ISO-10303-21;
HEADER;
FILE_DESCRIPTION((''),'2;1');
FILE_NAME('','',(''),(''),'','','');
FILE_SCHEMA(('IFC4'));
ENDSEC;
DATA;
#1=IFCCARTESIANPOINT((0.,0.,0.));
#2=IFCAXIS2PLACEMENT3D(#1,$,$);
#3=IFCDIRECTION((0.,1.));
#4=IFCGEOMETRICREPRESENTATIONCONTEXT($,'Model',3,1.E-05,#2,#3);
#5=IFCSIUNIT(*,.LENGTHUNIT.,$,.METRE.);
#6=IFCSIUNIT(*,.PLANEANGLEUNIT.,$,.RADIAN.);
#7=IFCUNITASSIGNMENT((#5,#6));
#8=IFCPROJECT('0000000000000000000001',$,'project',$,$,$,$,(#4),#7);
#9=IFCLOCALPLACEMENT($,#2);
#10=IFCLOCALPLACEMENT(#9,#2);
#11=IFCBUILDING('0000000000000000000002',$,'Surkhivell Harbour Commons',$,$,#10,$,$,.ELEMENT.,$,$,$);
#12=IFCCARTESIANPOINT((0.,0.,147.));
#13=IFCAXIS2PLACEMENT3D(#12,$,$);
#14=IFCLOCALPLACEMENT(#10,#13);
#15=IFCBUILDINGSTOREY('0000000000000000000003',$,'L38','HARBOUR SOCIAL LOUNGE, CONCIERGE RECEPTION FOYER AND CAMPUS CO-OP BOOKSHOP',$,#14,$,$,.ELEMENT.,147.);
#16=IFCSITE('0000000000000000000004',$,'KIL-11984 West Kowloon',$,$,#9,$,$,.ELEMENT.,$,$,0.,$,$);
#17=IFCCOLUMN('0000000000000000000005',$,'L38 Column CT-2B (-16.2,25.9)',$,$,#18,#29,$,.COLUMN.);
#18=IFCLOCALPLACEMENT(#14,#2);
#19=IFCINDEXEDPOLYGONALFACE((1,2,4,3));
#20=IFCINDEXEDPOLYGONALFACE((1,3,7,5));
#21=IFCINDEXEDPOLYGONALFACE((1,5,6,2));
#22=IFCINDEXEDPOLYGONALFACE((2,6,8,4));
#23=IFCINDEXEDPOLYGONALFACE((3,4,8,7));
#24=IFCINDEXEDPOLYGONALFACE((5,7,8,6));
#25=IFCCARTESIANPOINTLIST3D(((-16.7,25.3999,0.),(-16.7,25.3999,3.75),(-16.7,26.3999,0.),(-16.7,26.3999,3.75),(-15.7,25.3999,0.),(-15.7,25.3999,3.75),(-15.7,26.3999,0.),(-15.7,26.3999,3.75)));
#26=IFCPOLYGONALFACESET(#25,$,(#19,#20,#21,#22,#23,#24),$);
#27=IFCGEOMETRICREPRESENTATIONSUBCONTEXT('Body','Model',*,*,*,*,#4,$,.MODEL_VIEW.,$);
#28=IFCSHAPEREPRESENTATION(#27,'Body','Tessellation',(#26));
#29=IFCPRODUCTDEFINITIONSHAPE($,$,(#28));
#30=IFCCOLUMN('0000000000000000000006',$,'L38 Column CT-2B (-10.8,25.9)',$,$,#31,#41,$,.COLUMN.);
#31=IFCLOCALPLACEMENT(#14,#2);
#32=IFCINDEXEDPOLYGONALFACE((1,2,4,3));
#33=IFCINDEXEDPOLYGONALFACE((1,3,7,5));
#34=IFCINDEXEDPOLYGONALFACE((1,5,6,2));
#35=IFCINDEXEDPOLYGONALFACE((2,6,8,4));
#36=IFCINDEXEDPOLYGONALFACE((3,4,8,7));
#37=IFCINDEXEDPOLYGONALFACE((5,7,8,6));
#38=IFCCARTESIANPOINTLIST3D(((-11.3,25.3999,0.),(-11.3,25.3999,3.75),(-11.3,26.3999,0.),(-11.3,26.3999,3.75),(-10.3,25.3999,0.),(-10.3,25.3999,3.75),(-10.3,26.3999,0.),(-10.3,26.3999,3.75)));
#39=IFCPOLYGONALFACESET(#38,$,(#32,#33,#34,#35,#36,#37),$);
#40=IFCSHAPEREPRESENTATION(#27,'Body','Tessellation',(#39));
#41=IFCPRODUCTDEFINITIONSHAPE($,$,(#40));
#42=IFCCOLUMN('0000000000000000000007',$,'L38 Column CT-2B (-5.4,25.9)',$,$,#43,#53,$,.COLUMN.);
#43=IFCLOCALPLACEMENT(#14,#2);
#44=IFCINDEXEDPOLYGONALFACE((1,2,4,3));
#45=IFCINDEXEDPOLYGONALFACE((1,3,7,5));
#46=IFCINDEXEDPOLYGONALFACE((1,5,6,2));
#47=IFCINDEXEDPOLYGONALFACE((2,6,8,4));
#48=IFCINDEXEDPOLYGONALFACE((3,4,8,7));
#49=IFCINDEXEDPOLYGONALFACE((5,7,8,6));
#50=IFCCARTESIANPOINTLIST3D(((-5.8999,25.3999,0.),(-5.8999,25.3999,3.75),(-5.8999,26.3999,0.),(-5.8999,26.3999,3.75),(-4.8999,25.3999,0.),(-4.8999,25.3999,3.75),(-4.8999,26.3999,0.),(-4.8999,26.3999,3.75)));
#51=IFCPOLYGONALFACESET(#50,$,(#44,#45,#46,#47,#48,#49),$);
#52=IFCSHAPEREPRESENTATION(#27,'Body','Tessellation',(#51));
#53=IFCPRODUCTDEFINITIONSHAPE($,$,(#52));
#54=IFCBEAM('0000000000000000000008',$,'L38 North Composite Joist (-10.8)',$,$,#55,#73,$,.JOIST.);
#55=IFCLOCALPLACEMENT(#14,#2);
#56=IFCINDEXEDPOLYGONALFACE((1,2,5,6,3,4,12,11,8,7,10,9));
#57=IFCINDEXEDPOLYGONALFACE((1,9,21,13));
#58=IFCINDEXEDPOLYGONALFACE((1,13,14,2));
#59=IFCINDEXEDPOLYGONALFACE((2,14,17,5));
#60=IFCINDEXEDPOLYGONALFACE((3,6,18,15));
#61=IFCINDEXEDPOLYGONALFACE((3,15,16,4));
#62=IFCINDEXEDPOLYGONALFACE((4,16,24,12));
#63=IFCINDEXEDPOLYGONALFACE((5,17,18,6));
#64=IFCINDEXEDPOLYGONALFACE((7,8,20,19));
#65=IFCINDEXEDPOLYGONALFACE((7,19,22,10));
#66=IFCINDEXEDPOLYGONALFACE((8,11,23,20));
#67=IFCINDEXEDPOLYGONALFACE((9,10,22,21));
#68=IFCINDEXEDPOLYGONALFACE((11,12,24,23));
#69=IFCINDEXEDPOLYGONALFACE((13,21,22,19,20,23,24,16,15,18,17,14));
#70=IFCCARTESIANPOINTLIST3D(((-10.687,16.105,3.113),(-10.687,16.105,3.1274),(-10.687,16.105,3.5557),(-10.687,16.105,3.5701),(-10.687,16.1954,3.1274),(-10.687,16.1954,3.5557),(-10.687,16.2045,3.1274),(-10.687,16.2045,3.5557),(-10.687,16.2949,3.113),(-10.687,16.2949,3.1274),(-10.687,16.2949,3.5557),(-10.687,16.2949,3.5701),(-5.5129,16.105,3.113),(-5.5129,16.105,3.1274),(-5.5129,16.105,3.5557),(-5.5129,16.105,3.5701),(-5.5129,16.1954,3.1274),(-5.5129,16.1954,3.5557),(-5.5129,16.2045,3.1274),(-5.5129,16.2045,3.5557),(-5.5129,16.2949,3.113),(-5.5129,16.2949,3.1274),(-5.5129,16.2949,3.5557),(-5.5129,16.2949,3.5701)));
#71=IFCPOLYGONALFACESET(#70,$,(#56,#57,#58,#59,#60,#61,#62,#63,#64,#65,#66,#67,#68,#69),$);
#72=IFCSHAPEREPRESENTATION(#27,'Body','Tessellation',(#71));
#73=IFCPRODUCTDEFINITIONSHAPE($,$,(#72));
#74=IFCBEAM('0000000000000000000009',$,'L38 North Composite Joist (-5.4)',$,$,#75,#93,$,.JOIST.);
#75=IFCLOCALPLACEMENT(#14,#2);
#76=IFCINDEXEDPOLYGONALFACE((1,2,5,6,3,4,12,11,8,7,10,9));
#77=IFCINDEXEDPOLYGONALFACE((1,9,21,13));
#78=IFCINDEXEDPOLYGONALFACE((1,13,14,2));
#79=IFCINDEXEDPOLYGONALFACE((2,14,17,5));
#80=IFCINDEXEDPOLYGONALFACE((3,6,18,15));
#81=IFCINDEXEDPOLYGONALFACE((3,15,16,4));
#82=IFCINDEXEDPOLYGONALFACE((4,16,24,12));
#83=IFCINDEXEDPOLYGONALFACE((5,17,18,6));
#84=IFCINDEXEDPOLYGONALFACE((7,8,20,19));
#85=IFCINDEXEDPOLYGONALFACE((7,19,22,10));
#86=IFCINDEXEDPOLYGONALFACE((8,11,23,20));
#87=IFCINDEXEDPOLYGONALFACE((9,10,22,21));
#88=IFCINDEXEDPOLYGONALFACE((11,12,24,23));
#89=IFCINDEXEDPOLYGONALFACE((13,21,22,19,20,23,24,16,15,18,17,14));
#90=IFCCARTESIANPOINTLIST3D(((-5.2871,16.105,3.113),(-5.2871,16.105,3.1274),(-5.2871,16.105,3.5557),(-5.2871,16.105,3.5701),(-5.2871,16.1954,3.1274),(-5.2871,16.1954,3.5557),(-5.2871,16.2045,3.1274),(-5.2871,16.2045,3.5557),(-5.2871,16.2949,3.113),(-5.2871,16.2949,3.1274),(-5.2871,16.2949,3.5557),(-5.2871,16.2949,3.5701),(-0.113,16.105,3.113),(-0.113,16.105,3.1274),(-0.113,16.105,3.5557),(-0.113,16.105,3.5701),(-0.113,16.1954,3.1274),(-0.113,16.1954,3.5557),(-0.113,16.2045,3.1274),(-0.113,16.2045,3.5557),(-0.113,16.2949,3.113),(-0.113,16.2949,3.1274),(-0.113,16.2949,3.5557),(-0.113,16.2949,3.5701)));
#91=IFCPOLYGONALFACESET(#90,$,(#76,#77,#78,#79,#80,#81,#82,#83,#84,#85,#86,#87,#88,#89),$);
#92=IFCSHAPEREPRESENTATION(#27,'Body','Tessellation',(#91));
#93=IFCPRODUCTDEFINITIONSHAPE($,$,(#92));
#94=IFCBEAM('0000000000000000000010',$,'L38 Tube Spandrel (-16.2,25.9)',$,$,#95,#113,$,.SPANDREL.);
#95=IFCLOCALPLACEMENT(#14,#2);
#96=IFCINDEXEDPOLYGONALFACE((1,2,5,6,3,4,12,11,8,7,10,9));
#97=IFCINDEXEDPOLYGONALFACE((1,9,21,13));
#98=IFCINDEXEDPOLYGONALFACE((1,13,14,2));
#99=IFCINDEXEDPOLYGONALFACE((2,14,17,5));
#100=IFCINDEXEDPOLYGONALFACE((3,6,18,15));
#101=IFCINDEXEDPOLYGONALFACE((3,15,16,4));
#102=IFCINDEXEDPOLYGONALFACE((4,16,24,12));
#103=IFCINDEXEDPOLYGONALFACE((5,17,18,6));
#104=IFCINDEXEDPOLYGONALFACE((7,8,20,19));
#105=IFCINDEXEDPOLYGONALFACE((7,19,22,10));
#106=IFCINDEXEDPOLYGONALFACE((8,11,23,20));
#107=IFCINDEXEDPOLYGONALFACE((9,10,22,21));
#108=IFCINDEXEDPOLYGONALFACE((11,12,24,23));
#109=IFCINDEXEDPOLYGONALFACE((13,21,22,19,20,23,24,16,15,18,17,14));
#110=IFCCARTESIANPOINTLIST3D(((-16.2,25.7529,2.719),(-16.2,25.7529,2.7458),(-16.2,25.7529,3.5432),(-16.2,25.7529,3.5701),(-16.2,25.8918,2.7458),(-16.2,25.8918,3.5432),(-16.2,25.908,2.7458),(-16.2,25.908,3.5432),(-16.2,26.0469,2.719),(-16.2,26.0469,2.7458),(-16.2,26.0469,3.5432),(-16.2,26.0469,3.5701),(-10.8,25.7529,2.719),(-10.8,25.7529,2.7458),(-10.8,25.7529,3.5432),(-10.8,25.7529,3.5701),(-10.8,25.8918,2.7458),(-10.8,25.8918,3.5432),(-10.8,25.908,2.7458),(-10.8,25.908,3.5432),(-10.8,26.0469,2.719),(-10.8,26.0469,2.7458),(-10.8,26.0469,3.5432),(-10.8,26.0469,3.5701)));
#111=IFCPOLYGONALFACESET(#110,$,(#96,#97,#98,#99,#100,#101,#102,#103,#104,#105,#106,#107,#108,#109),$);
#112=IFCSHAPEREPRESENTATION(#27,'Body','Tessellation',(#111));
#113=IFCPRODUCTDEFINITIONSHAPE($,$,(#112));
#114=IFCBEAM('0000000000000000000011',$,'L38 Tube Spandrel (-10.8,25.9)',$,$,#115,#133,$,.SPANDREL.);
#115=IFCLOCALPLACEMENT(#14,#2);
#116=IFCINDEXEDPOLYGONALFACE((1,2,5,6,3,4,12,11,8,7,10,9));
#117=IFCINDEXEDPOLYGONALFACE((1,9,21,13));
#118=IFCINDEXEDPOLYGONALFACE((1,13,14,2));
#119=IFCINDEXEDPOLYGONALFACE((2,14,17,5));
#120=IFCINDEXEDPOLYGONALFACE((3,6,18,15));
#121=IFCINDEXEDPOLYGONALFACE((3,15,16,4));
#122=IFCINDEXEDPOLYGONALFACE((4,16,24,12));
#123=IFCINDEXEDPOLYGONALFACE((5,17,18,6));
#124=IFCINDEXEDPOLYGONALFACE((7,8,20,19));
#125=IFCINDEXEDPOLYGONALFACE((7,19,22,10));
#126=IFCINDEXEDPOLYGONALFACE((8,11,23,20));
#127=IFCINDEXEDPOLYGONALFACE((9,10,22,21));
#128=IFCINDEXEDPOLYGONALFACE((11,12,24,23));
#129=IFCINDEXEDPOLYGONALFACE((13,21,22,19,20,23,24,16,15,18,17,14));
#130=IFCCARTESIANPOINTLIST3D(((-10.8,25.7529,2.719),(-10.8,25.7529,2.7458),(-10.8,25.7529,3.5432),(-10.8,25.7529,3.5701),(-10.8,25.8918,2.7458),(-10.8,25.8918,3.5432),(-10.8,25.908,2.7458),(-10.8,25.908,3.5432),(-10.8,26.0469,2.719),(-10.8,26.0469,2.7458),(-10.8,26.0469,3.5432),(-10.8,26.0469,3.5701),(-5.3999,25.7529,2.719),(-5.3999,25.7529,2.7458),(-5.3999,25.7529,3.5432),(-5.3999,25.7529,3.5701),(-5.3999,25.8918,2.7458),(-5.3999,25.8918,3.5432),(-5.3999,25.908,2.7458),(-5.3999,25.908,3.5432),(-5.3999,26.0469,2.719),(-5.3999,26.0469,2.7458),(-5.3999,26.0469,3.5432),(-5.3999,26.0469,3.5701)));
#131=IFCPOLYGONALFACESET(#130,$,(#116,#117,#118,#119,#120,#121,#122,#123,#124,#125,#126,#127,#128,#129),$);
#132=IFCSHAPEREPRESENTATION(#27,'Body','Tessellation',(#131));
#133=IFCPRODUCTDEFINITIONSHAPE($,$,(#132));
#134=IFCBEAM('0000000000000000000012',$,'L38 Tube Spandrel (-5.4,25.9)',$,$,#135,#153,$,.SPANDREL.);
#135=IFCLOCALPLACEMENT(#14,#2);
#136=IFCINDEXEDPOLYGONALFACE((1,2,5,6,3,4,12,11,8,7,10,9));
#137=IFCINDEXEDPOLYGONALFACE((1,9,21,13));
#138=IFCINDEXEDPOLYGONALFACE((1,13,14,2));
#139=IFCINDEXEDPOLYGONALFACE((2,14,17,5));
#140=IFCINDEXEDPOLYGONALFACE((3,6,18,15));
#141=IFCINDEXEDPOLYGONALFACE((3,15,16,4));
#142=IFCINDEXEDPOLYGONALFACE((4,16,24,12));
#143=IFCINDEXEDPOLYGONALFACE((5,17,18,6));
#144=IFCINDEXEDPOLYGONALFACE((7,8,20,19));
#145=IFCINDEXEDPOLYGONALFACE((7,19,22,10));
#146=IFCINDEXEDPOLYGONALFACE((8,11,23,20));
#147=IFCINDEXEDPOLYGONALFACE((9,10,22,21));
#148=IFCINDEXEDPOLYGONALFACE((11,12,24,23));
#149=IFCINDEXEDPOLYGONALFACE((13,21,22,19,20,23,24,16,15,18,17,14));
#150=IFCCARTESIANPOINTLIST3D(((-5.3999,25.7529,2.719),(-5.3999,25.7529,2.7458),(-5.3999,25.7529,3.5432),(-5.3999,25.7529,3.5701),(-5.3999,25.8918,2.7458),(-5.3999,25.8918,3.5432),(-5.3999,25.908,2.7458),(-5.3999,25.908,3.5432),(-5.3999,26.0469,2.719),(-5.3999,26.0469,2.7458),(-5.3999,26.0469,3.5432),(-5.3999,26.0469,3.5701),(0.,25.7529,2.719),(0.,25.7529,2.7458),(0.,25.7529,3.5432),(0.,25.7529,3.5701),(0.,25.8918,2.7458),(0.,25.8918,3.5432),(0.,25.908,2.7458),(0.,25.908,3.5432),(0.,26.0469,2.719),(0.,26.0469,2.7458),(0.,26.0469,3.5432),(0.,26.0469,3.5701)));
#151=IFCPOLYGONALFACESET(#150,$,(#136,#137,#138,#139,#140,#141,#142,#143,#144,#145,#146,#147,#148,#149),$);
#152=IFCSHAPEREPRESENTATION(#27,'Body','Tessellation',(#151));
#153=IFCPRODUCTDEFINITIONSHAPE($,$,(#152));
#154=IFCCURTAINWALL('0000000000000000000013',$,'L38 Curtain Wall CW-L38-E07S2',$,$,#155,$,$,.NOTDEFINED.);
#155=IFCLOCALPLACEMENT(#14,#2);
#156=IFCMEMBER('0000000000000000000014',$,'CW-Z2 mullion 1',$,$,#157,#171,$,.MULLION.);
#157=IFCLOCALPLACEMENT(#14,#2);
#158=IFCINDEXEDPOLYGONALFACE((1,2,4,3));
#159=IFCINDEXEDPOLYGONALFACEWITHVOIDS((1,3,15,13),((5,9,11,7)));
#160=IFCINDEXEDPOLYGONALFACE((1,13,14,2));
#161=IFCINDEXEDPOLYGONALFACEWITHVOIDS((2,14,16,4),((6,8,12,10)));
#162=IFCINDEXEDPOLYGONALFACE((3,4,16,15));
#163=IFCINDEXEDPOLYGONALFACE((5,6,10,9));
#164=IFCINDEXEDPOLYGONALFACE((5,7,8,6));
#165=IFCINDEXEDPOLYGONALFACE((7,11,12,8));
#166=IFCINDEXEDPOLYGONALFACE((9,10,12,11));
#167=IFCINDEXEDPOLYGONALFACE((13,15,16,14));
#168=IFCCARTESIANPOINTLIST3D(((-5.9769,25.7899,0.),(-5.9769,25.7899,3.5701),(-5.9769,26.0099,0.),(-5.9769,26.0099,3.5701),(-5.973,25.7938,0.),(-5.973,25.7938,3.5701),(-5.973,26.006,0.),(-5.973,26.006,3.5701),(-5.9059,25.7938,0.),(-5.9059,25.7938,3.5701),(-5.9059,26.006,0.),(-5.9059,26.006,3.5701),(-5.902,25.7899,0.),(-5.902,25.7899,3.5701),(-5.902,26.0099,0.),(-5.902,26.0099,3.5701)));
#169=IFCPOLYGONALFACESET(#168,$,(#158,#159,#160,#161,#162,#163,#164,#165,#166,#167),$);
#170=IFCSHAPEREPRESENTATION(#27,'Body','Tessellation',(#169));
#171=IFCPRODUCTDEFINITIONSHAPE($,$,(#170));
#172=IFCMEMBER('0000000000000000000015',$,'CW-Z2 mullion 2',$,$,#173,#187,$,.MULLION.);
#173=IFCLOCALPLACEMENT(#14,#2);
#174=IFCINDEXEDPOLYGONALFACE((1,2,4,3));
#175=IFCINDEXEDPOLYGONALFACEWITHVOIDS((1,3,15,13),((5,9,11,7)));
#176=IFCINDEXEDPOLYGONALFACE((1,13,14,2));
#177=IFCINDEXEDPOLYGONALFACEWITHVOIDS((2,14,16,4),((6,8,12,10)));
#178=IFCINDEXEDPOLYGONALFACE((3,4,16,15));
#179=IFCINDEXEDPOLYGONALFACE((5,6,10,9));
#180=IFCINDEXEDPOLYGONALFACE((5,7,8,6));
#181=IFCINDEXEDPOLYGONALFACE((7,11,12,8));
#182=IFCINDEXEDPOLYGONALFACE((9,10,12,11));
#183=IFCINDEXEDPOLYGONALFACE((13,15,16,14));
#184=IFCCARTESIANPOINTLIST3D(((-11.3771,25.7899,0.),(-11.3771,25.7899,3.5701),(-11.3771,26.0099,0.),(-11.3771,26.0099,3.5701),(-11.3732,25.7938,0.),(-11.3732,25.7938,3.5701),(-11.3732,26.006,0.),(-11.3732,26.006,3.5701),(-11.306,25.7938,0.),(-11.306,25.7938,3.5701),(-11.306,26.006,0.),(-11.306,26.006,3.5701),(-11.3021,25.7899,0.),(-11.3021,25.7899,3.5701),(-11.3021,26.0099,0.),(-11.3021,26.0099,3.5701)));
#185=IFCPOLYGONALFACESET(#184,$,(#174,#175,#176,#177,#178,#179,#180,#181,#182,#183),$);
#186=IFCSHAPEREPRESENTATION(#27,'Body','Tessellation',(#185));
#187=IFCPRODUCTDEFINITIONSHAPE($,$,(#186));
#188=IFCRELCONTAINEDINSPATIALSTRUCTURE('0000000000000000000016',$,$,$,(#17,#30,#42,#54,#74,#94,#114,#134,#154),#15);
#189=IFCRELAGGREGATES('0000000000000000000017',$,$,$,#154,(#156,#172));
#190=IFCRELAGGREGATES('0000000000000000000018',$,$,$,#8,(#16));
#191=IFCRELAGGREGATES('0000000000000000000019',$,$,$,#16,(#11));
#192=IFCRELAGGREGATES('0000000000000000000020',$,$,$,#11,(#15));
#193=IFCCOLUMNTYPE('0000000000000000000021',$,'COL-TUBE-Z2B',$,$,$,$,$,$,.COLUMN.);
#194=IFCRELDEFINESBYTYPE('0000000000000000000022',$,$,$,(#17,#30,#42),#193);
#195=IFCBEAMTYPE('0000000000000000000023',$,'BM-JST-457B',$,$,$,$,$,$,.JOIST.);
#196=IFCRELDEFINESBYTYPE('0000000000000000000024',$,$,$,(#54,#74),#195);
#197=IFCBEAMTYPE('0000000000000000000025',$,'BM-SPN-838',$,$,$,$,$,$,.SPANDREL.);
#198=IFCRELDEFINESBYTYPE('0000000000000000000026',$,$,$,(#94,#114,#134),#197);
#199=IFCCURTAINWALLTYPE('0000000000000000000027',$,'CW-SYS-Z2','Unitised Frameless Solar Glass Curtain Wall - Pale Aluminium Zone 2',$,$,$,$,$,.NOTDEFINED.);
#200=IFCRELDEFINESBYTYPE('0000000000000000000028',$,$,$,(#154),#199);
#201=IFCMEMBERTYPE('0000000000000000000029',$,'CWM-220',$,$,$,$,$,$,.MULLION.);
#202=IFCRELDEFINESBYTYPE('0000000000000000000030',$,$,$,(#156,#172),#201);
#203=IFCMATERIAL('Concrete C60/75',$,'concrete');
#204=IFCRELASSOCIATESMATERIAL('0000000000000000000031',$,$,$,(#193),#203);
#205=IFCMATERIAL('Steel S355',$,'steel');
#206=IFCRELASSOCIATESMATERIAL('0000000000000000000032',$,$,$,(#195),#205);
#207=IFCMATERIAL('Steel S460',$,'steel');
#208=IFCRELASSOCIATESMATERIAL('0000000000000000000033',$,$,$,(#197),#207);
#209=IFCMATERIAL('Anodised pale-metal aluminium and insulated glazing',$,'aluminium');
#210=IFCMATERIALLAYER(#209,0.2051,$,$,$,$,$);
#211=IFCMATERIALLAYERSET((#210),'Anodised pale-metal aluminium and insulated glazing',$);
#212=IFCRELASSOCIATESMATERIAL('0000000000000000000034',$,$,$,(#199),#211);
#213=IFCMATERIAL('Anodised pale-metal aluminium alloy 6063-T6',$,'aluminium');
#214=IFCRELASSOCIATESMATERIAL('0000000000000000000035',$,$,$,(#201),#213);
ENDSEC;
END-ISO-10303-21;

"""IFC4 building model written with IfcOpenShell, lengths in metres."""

from ifc_helpers import new_model, si_unit, direction, frame, origin, origin_2d, place, context, subcontext, project, spatial, rectangle, hollow_rectangle, i_section, extrude, material, layer, layer_set, material_profile, profile_set, type_object, element, aggregate, save


model = new_model("IFC4")

# Units and contexts
model_context = context("Model", 3, precision=1e-05, world=origin(), true_north=direction((0.0, 1.0)))
body_context = subcontext(model_context, "Body", "Model", "MODEL_VIEW")
ifc_project = project(units=[si_unit("LENGTHUNIT", "METRE"), si_unit("PLANEANGLEUNIT", "RADIAN")], contexts=[model_context])

# Site, building, storey
site_placement = place(None, origin())
site = spatial("IfcSite", under=ifc_project, at=site_placement, Name="KIL-11984 West Kowloon", CompositionType="ELEMENT", RefElevation=0.0)
building_placement = place(site_placement, origin())
building = spatial("IfcBuilding", under=site, at=building_placement, Name="Surkhivell Harbour Commons", CompositionType="ELEMENT")
storey_placement = place(building_placement, frame((0.0, 0.0, 147.0)))
storey = spatial("IfcBuildingStorey", under=building, at=storey_placement, Name="L38", Description="HARBOUR SOCIAL LOUNGE, CONCIERGE RECEPTION FOYER AND CAMPUS CO-OP BOOKSHOP", CompositionType="ELEMENT", Elevation=147.0)

# Columns
ifc_material_1 = material(Name="Concrete C60/75", Category="concrete")
ifc_material_profile_1 = material_profile(ifc_material_1, rectangle(XDim=1.0, YDim=1.0, at=origin_2d()), Name="RC-COL-1000x1000")
ifc_profile_set_1 = profile_set([ifc_material_profile_1], Name="Concrete C60/75")
column_type = type_object("IfcColumnType", Name="COL-TUBE-Z2B", PredefinedType="COLUMN", material=ifc_profile_set_1)
for number, where, z_axis, x_axis, name in (
    (1, (-16.2, 25.8999, 0.0), (0.0, 0.0, 1.0), (1.0, 0.0, 0.0), "L38 Column CT-2B (-16.2,25.9)"),
    (2, (-10.8, 25.8999, 0.0), (0.0, 0.0, 1.0), (1.0, 0.0, 0.0), "L38 Column CT-2B (-10.8,25.9)"),
    (3, (-5.3999, 25.8999, 0.0), (0.0, 0.0, 1.0), (1.0, 0.0, 0.0), "L38 Column CT-2B (-5.4,25.9)"),
):
    element("IfcColumn", number, at=place(storey_placement, frame(where, z_axis=z_axis, x_axis=x_axis)), inside=storey, type_object=column_type, Name=name, PredefinedType="COLUMN", context=body_context, shape_type="SweptSolid", body=[
        extrude(rectangle(XDim=1.0, YDim=1.0, at=origin_2d()), origin(), (0.0, 0.0, 1.0), 3.75),
    ])

# Beams
ifc_material_2 = material(Name="Steel S355", Category="steel")
ifc_material_profile_2 = material_profile(ifc_material_2, i_section(OverallWidth=0.1899, OverallDepth=0.457, WebThickness=0.009, FlangeThickness=0.0144, at=origin_2d()), Name="UB457x191x74")
ifc_profile_set_2 = profile_set([ifc_material_profile_2], Name="Steel S355")
beam_type_1 = type_object("IfcBeamType", Name="BM-JST-457B", PredefinedType="JOIST", material=ifc_profile_set_2)
for number, where, z_axis, x_axis, name in (
    (4, (-10.687, 16.2, 3.3416), (1.0, 0.0, 0.0), (0.0, 1.0, 0.0), "L38 North Composite Joist (-10.8)"),
    (5, (-5.2871, 16.2, 3.3416), (1.0, 0.0, 0.0), (0.0, 1.0, 0.0), "L38 North Composite Joist (-5.4)"),
):
    element("IfcBeam", number, at=place(storey_placement, frame(where, z_axis=z_axis, x_axis=x_axis)), inside=storey, type_object=beam_type_1, Name=name, PredefinedType="JOIST", context=body_context, shape_type="SweptSolid", body=[
        extrude(i_section(OverallWidth=0.1899, OverallDepth=0.457, WebThickness=0.009, FlangeThickness=0.0144, at=origin_2d()), origin(), (0.0, 0.0, 1.0), 5.1741),
    ])
ifc_material_3 = material(Name="Steel S460", Category="steel")
ifc_material_profile_3 = material_profile(ifc_material_3, i_section(OverallWidth=0.2939, OverallDepth=0.8511, WebThickness=0.0161, FlangeThickness=0.0269, at=origin_2d()), Name="UB838x292x226")
ifc_profile_set_3 = profile_set([ifc_material_profile_3], Name="Steel S460")
beam_type_2 = type_object("IfcBeamType", Name="BM-SPN-838", PredefinedType="SPANDREL", material=ifc_profile_set_3)
beam_1_placement = place(storey_placement, frame((-16.2, 25.8999, 3.1445), z_axis=(1.0, 0.0, 0.0), x_axis=(0.0, 1.0, 0.0)))
element("IfcBeam", 6, at=beam_1_placement, inside=storey, type_object=beam_type_2, Name="L38 Tube Spandrel (-16.2,25.9)", PredefinedType="SPANDREL", context=body_context, shape_type="SweptSolid", body=[
    extrude(i_section(OverallWidth=0.2939, OverallDepth=0.8511, WebThickness=0.0161, FlangeThickness=0.0269, at=origin_2d()), origin(), (0.0, 0.0, 1.0), 5.3999),
])
beam_2_placement = place(storey_placement, frame((-10.8, 25.8999, 3.1445), z_axis=(1.0, 0.0, 0.0), x_axis=(0.0, 1.0, 0.0)))
element("IfcBeam", 7, at=beam_2_placement, inside=storey, type_object=beam_type_2, Name="L38 Tube Spandrel (-10.8,25.9)", PredefinedType="SPANDREL", context=body_context, shape_type="SweptSolid", body=[
    extrude(i_section(OverallWidth=0.2939, OverallDepth=0.8511, WebThickness=0.0161, FlangeThickness=0.0269, at=origin_2d()), origin(), (0.0, 0.0, 1.0), 5.4001),
])
beam_3_placement = place(storey_placement, frame((-5.3999, 25.8999, 3.1445), z_axis=(1.0, 0.0, 0.0), x_axis=(0.0, 1.0, 0.0)))
element("IfcBeam", 8, at=beam_3_placement, inside=storey, type_object=beam_type_2, Name="L38 Tube Spandrel (-5.4,25.9)", PredefinedType="SPANDREL", context=body_context, shape_type="SweptSolid", body=[
    extrude(i_section(OverallWidth=0.2939, OverallDepth=0.8511, WebThickness=0.0161, FlangeThickness=0.0269, at=origin_2d()), origin(), (0.0, 0.0, 1.0), 5.3999),
])

# Curtain wall, members
ifc_material_4 = material(Name="Anodised pale-metal aluminium and insulated glazing", Category="aluminium")
ifc_layer_1 = layer(ifc_material_4, 0.2051)
ifc_layer_set_1 = layer_set([ifc_layer_1], Name="Anodised pale-metal aluminium and insulated glazing")
curtain_wall_type = type_object("IfcCurtainWallType", Name="CW-SYS-Z2", Description="Unitised Frameless Solar Glass Curtain Wall - Pale Aluminium Zone 2", PredefinedType="NOTDEFINED", material=ifc_layer_set_1)
curtain_wall_placement = place(storey_placement, origin())
curtain_wall = element("IfcCurtainWall", 9, at=curtain_wall_placement, inside=storey, type_object=curtain_wall_type, Name="L38 Curtain Wall CW-L38-E07S2", PredefinedType="NOTDEFINED")
ifc_material_5 = material(Name="Anodised pale-metal aluminium alloy 6063-T6", Category="aluminium")
ifc_material_profile_4 = material_profile(ifc_material_5, hollow_rectangle(XDim=0.075, YDim=0.22, WallThickness=0.0039, at=origin_2d()), Name="ALU-MULL-75x220")
ifc_profile_set_4 = profile_set([ifc_material_profile_4], Name="Anodised pale-metal aluminium alloy 6063-T6")
member_type_1 = type_object("IfcMemberType", Name="CWM-220", PredefinedType="MULLION", material=ifc_profile_set_4)
member_1_placement = place(storey_placement, frame((-5.9395, 25.8999, 0.0), z_axis=(0.0, 0.0, 1.0), x_axis=(-1.0, 0.0, 0.0)))
member_1 = element("IfcMember", 10, at=member_1_placement, type_object=member_type_1, Name="CW-Z2 mullion 1", PredefinedType="MULLION", context=body_context, shape_type="SweptSolid", body=[
    extrude(hollow_rectangle(XDim=0.075, YDim=0.22, WallThickness=0.0039, at=origin_2d()), origin(), (0.0, 0.0, 1.0), 3.5701),
])
member_2_placement = place(storey_placement, frame((-11.3396, 25.8999, 0.0), z_axis=(0.0, 0.0, 1.0), x_axis=(-1.0, 0.0, 0.0)))
member_2 = element("IfcMember", 11, at=member_2_placement, type_object=member_type_1, Name="CW-Z2 mullion 2", PredefinedType="MULLION", context=body_context, shape_type="SweptSolid", body=[
    extrude(hollow_rectangle(XDim=0.075, YDim=0.22, WallThickness=0.0039, at=origin_2d()), origin(), (0.0, 0.0, 1.0), 3.5701),
])

aggregate(curtain_wall, [member_1, member_2])

save(model, "model.ifc")
